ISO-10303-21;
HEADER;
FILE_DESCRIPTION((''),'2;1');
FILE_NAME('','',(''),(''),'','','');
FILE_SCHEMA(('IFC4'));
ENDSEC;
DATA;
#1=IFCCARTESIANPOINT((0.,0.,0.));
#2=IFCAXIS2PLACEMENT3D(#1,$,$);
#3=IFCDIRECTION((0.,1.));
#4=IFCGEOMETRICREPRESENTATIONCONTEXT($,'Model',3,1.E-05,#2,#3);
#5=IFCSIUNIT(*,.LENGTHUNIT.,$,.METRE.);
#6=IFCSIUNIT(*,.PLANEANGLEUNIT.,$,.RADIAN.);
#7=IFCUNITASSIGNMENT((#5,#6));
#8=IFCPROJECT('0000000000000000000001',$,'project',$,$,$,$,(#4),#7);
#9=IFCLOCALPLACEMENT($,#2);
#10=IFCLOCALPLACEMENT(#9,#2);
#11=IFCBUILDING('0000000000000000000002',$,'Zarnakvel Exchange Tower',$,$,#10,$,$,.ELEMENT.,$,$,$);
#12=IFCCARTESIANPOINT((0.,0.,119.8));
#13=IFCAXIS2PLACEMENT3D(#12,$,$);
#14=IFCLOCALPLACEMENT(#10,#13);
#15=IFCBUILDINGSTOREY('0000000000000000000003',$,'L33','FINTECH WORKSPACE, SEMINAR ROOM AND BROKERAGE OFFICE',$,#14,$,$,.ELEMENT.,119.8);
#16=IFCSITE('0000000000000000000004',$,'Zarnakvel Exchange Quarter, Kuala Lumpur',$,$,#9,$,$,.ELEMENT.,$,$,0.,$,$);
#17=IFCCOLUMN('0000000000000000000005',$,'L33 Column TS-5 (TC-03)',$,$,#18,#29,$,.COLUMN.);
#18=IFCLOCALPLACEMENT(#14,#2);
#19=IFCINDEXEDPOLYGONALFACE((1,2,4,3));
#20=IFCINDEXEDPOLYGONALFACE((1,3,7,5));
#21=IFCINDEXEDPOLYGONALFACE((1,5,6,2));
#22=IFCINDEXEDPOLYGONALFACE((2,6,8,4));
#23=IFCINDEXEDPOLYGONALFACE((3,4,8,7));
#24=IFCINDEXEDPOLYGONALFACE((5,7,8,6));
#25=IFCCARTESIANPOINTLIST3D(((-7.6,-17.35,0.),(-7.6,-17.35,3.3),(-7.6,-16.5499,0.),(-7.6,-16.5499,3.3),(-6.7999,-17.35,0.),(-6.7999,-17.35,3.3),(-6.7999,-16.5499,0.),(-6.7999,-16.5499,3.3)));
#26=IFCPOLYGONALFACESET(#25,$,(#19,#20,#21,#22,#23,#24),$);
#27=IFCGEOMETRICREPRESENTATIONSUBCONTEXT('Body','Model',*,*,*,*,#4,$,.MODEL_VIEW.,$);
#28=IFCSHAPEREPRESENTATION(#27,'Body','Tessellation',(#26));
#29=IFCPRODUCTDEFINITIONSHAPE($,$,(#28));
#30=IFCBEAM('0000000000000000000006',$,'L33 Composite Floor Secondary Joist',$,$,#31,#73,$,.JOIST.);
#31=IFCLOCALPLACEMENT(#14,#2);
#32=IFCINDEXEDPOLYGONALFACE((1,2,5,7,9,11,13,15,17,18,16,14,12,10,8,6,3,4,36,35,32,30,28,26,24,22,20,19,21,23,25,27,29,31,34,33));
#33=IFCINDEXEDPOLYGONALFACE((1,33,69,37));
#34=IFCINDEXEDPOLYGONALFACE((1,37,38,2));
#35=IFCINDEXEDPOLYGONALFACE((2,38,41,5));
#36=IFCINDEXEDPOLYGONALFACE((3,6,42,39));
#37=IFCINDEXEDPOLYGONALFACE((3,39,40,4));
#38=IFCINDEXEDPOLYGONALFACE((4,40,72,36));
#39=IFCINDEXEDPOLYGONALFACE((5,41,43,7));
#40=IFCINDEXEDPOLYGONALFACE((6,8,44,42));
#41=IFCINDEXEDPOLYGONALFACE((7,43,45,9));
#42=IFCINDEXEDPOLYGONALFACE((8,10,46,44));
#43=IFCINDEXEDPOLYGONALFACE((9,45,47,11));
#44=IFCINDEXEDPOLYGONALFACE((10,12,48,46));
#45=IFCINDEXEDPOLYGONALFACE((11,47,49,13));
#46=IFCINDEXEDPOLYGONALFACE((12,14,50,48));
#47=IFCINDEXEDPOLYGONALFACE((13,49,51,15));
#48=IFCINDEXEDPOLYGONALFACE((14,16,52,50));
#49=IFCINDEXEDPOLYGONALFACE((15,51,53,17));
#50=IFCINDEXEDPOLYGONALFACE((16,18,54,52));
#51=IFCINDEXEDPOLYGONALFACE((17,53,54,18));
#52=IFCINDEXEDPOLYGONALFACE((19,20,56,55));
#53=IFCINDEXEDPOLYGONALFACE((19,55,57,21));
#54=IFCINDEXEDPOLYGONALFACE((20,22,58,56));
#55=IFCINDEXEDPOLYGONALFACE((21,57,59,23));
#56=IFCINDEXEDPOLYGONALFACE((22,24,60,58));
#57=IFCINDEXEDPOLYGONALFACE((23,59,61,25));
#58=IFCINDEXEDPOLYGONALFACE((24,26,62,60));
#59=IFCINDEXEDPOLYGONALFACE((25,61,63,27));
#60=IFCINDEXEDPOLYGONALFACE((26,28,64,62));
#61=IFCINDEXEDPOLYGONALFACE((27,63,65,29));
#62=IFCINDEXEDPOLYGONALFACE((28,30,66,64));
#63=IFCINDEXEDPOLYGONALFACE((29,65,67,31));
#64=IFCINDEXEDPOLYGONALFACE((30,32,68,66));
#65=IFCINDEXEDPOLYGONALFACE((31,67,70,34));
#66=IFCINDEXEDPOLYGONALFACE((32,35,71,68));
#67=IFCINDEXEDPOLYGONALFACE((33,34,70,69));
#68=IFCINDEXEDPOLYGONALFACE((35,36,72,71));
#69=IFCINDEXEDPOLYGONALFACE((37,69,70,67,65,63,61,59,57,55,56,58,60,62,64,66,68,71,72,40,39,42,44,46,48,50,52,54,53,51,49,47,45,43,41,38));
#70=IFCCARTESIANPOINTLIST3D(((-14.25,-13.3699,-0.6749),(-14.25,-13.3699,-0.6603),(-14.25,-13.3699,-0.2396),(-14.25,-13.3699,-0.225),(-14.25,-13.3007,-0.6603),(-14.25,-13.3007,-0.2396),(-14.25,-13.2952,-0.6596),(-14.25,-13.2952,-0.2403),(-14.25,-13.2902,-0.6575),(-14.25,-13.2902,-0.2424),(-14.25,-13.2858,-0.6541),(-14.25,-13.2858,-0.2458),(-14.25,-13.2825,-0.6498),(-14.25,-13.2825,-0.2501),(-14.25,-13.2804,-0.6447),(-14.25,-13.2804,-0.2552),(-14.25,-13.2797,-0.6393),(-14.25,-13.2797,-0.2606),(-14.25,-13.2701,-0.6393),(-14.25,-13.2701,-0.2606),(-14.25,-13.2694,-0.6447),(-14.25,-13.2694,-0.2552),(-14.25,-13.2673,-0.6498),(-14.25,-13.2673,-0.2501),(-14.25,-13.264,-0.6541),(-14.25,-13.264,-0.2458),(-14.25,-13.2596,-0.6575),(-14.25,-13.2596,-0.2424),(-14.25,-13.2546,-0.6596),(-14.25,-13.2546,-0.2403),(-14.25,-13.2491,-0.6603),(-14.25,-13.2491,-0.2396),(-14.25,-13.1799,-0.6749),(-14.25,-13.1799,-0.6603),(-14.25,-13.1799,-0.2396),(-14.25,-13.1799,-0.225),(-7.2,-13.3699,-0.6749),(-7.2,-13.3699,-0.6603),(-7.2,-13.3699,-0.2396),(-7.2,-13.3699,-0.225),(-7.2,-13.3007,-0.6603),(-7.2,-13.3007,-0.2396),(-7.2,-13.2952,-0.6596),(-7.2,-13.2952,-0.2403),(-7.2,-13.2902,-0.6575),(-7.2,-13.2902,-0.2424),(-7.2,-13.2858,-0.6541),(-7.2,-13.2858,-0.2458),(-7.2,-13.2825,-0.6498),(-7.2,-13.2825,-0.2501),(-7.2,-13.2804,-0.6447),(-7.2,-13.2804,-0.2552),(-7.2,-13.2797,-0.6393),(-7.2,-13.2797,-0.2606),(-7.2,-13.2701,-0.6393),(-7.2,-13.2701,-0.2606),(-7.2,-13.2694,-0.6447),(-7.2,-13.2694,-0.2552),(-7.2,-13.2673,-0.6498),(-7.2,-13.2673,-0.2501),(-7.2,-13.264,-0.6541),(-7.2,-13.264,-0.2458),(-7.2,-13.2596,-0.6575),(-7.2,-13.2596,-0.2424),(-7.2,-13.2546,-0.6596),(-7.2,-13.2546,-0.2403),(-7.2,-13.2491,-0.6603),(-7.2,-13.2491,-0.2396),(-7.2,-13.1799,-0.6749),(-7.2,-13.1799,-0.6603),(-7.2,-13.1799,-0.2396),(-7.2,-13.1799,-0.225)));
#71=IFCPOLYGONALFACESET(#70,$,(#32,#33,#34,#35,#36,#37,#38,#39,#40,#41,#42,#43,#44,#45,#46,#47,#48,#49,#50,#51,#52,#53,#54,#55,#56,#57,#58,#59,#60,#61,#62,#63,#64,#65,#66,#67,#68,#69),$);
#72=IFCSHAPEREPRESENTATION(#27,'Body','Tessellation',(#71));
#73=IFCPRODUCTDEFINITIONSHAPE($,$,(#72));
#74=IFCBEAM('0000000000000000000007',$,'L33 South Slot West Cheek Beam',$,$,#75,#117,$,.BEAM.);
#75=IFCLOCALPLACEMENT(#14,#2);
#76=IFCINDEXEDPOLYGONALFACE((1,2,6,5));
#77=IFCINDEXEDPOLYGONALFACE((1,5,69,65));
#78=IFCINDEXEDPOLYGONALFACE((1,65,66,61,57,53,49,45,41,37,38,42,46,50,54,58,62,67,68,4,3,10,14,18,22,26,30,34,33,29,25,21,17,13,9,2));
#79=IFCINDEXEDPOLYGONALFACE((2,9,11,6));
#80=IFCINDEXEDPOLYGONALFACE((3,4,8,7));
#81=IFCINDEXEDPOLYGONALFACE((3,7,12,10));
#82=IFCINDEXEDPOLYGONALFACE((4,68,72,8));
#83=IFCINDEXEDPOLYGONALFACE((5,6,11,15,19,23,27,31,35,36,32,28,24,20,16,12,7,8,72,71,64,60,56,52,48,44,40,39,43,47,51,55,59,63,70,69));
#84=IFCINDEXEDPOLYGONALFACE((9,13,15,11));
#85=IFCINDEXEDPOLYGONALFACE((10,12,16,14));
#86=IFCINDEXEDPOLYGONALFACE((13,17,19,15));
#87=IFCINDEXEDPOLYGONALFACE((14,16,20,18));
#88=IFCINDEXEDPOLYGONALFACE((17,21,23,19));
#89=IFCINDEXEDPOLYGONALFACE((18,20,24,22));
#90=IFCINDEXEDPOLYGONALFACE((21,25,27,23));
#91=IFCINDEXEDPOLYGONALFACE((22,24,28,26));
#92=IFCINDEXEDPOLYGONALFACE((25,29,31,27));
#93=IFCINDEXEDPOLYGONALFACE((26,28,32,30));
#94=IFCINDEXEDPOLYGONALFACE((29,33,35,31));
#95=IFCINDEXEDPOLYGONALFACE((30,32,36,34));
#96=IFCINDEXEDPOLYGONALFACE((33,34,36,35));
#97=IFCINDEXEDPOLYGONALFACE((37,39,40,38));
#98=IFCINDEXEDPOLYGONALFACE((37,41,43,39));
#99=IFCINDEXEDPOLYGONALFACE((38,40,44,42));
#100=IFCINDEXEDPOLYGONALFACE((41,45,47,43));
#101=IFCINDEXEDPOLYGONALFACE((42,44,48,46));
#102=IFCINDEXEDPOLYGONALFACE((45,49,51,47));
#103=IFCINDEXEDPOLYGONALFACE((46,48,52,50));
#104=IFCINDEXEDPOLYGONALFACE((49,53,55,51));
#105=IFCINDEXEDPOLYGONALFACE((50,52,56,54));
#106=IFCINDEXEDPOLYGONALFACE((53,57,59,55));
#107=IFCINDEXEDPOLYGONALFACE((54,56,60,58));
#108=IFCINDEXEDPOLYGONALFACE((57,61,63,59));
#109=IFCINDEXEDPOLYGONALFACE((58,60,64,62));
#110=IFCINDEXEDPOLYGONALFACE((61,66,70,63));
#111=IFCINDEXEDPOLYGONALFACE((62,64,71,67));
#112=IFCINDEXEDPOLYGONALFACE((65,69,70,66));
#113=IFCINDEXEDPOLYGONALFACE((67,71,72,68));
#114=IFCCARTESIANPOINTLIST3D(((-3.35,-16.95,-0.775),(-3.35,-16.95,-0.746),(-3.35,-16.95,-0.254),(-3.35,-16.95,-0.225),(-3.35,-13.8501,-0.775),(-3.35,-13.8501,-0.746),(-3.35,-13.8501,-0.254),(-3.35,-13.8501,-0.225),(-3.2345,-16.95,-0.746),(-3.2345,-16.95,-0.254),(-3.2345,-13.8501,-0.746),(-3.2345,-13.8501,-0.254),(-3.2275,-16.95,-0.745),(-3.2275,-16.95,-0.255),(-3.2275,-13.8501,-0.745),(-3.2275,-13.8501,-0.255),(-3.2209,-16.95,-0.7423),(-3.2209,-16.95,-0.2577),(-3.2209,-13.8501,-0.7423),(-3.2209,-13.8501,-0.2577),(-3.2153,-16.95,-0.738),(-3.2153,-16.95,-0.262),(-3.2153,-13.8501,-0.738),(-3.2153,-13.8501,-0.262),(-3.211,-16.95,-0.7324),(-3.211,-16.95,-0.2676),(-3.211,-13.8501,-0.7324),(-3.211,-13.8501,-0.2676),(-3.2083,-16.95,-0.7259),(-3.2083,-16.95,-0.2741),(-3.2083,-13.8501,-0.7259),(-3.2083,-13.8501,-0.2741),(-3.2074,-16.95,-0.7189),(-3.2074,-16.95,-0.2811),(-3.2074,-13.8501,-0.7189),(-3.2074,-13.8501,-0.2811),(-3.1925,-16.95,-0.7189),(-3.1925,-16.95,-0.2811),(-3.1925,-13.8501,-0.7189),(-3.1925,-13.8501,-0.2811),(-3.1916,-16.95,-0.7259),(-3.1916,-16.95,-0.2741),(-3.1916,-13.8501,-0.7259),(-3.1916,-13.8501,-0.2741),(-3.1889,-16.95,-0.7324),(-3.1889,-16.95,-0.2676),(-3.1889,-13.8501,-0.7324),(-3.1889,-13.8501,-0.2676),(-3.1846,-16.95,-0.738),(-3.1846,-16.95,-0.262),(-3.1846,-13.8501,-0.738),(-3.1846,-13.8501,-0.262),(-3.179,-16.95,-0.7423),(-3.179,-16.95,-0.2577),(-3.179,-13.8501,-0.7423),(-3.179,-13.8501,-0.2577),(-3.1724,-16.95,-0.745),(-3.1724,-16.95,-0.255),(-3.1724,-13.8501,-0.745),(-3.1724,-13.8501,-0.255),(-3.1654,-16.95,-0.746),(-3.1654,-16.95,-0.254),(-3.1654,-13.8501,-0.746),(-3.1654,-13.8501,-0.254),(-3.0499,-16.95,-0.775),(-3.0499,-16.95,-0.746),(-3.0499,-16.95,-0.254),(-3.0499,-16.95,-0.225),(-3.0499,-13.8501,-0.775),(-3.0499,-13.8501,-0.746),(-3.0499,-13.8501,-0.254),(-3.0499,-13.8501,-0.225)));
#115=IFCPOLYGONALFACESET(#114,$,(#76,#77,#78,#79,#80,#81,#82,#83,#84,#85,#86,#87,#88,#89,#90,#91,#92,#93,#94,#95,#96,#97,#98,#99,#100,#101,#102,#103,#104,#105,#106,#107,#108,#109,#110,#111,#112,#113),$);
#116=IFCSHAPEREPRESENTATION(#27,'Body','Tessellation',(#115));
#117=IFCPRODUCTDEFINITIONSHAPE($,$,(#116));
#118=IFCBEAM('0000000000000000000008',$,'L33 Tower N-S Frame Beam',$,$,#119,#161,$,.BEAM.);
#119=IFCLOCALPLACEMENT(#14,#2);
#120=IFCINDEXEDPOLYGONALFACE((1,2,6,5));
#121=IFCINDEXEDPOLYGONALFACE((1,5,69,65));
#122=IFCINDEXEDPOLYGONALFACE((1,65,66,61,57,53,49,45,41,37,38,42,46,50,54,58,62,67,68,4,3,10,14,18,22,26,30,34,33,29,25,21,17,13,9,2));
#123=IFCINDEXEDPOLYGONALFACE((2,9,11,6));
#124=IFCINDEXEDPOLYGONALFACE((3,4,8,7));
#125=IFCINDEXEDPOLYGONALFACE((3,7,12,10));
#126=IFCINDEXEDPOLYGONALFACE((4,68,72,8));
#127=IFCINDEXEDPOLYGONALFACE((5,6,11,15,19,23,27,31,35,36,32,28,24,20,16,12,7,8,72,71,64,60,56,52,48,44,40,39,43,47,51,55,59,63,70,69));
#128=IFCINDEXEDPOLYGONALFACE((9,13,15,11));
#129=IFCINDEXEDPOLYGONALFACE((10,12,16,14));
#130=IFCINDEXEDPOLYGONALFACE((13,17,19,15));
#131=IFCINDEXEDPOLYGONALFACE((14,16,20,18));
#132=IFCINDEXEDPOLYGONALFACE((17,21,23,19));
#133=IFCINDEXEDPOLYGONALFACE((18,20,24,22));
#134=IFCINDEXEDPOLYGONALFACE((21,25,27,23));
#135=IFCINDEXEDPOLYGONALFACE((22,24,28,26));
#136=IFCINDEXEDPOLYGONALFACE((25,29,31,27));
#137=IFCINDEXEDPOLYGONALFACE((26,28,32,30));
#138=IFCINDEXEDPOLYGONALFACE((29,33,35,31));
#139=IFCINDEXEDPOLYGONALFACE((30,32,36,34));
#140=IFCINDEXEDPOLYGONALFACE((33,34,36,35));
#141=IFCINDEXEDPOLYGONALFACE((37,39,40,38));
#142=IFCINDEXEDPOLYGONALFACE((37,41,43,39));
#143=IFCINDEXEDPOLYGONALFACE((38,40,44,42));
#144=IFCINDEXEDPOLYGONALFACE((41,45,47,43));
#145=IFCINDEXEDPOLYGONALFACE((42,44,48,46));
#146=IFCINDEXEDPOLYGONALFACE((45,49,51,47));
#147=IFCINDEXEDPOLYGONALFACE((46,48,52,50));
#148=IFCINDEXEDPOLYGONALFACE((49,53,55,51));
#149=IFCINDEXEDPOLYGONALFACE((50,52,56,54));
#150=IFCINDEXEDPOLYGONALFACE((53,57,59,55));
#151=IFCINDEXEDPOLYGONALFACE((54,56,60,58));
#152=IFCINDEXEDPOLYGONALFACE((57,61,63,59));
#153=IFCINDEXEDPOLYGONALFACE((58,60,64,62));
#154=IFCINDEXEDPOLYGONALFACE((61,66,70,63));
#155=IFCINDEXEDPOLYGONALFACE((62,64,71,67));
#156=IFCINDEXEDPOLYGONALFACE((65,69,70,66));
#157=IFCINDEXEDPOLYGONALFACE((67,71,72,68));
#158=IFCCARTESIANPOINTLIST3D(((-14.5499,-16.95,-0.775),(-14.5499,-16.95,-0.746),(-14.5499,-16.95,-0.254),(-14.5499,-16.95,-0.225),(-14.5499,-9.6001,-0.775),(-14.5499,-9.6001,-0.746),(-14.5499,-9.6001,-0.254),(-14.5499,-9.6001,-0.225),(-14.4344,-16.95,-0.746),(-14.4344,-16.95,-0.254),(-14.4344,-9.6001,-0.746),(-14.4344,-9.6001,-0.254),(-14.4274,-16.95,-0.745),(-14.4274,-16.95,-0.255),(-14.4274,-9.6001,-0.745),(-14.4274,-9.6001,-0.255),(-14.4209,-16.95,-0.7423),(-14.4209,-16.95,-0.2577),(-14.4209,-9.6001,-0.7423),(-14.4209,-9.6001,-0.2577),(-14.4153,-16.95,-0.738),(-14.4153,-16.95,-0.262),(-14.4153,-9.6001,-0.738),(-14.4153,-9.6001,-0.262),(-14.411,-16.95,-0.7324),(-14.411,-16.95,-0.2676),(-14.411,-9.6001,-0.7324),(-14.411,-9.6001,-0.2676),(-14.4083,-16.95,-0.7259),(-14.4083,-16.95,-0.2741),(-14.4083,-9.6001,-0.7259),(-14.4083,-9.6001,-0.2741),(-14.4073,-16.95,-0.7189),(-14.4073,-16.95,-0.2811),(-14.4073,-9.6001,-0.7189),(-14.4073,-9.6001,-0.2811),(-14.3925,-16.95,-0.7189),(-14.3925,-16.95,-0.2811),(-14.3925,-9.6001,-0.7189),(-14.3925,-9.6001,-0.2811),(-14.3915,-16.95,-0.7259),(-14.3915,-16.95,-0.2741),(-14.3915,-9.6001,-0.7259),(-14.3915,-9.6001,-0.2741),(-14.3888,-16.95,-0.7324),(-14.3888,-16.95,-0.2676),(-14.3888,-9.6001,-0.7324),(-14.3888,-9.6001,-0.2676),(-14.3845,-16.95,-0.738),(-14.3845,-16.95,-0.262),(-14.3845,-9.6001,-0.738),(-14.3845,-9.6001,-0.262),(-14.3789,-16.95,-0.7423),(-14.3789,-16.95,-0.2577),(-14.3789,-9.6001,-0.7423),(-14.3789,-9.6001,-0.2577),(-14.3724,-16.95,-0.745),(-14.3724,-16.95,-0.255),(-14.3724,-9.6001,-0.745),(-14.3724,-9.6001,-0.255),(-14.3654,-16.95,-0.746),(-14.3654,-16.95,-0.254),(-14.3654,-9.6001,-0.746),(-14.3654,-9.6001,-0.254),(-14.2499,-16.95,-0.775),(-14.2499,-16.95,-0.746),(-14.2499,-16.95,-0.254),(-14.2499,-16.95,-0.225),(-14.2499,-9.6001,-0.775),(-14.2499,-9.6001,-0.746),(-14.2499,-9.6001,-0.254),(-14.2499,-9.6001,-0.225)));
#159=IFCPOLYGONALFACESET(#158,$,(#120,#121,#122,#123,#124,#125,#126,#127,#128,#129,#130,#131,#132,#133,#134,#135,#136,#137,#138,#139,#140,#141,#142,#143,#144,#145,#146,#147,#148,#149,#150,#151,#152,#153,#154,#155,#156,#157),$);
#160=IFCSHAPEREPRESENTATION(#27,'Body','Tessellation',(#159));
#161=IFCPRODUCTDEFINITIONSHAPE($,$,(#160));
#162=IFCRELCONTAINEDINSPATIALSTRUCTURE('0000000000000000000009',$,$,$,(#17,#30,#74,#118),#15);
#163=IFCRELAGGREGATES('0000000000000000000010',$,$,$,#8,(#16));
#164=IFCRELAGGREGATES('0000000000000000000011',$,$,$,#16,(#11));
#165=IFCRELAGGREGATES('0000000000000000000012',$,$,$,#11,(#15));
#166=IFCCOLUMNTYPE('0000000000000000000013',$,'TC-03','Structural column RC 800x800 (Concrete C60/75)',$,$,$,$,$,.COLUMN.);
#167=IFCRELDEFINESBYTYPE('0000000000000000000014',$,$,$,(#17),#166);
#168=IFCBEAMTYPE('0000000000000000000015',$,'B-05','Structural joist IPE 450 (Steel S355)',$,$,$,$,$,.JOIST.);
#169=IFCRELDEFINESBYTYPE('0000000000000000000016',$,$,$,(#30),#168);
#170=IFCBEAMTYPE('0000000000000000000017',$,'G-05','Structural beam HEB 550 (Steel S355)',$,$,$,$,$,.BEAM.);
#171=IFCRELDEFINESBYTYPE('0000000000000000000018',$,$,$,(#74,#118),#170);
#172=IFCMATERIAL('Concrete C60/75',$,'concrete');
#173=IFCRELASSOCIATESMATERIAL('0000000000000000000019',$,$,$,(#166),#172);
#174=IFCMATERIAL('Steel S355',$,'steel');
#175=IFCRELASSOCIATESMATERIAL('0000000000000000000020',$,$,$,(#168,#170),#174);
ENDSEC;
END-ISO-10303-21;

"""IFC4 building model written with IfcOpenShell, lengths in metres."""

from ifc_helpers import new_model, si_unit, direction, frame, origin, origin_2d, place, context, subcontext, project, spatial, rectangle, i_section, extrude, material, material_profile, profile_set, type_object, element, save


model = new_model("IFC4")

# Units and contexts
model_context = context("Model", 3, precision=1e-05, world=origin(), true_north=direction((0.0, 1.0)))
body_context = subcontext(model_context, "Body", "Model", "MODEL_VIEW")
ifc_project = project(units=[si_unit("LENGTHUNIT", "METRE"), si_unit("PLANEANGLEUNIT", "RADIAN")], contexts=[model_context])

# Site, building, storey
site_placement = place(None, origin())
site = spatial("IfcSite", under=ifc_project, at=site_placement, Name="Zarnakvel Exchange Quarter, Kuala Lumpur", CompositionType="ELEMENT", RefElevation=0.0)
building_placement = place(site_placement, origin())
building = spatial("IfcBuilding", under=site, at=building_placement, Name="Zarnakvel Exchange Tower", CompositionType="ELEMENT")
storey_placement = place(building_placement, frame((0.0, 0.0, 119.8)))
storey = spatial("IfcBuildingStorey", under=building, at=storey_placement, Name="L33", Description="FINTECH WORKSPACE, SEMINAR ROOM AND BROKERAGE OFFICE", CompositionType="ELEMENT", Elevation=119.8)

# Column
ifc_material_1 = material(Name="Concrete C60/75", Category="concrete")
ifc_material_profile_1 = material_profile(ifc_material_1, rectangle(XDim=0.8, YDim=0.8, at=origin_2d()))
ifc_profile_set_1 = profile_set([ifc_material_profile_1], Name="Concrete C60/75")
column_type = type_object("IfcColumnType", Name="TC-03", Description="Structural column RC 800x800 (Concrete C60/75)", PredefinedType="COLUMN", material=ifc_profile_set_1)
column_placement = place(storey_placement, frame((-7.2, -16.95, 0.0), z_axis=(0.0, 0.0, 1.0), x_axis=(1.0, 0.0, 0.0)))
element("IfcColumn", 1, at=column_placement, inside=storey, type_object=column_type, Name="L33 Column TS-5 (TC-03)", PredefinedType="COLUMN", context=body_context, shape_type="SweptSolid", body=[
    extrude(rectangle(XDim=0.8, YDim=0.8, at=origin_2d()), origin(), (0.0, 0.0, 1.0), 3.3),
])

# Beams
ifc_material_2 = material(Name="Steel S355", Category="steel")
ifc_material_profile_2 = material_profile(ifc_material_2, i_section(OverallWidth=0.1899, OverallDepth=0.45, WebThickness=0.0095, FlangeThickness=0.0146, FilletRadius=0.021, at=origin_2d()))
ifc_profile_set_2 = profile_set([ifc_material_profile_2], Name="Steel S355")
beam_type_1 = type_object("IfcBeamType", Name="B-05", Description="Structural joist IPE 450 (Steel S355)", PredefinedType="JOIST", material=ifc_profile_set_2)
beam_1_placement = place(storey_placement, frame((-14.25, -13.2749, -0.45), z_axis=(1.0, 0.0, 0.0), x_axis=(0.0, 1.0, 0.0)))
element("IfcBeam", 2, at=beam_1_placement, inside=storey, type_object=beam_type_1, Name="L33 Composite Floor Secondary Joist", PredefinedType="JOIST", context=body_context, shape_type="SweptSolid", body=[
    extrude(i_section(OverallWidth=0.1899, OverallDepth=0.45, WebThickness=0.0095, FlangeThickness=0.0146, FilletRadius=0.021, at=origin_2d()), origin(), (0.0, 0.0, 1.0), 7.05),
])
ifc_material_profile_3 = material_profile(ifc_material_2, i_section(OverallWidth=0.3, OverallDepth=0.55, WebThickness=0.0149, FlangeThickness=0.0291, FilletRadius=0.0271, at=origin_2d()))
ifc_profile_set_3 = profile_set([ifc_material_profile_3], Name="Steel S355")
beam_type_2 = type_object("IfcBeamType", Name="G-05", Description="Structural beam HEB 550 (Steel S355)", PredefinedType="BEAM", material=ifc_profile_set_3)
beam_2_placement = place(storey_placement, frame((-3.2, -16.95, -0.5), z_axis=(0.0, 1.0, 0.0), x_axis=(-1.0, 0.0, 0.0)))
element("IfcBeam", 3, at=beam_2_placement, inside=storey, type_object=beam_type_2, Name="L33 South Slot West Cheek Beam", PredefinedType="BEAM", context=body_context, shape_type="SweptSolid", body=[
    extrude(i_section(OverallWidth=0.3, OverallDepth=0.55, WebThickness=0.0149, FlangeThickness=0.0291, FilletRadius=0.0271, at=origin_2d()), origin(), (0.0, 0.0, 1.0), 3.0999),
])
for number, where, z_axis, x_axis, name in (
    (4, (-14.3999, -16.95, -0.5), (0.0, 1.0, 0.0), (-1.0, 0.0, 0.0), "L33 Tower N-S Frame Beam"),
):
    element("IfcBeam", number, at=place(storey_placement, frame(where, z_axis=z_axis, x_axis=x_axis)), inside=storey, type_object=beam_type_2, Name=name, PredefinedType="BEAM", context=body_context, shape_type="SweptSolid", body=[
        extrude(i_section(OverallWidth=0.3, OverallDepth=0.55, WebThickness=0.0149, FlangeThickness=0.0291, FilletRadius=0.0271, at=origin_2d()), origin(), (0.0, 0.0, 1.0), 7.3499),
    ])

save(model, "model.ifc")
